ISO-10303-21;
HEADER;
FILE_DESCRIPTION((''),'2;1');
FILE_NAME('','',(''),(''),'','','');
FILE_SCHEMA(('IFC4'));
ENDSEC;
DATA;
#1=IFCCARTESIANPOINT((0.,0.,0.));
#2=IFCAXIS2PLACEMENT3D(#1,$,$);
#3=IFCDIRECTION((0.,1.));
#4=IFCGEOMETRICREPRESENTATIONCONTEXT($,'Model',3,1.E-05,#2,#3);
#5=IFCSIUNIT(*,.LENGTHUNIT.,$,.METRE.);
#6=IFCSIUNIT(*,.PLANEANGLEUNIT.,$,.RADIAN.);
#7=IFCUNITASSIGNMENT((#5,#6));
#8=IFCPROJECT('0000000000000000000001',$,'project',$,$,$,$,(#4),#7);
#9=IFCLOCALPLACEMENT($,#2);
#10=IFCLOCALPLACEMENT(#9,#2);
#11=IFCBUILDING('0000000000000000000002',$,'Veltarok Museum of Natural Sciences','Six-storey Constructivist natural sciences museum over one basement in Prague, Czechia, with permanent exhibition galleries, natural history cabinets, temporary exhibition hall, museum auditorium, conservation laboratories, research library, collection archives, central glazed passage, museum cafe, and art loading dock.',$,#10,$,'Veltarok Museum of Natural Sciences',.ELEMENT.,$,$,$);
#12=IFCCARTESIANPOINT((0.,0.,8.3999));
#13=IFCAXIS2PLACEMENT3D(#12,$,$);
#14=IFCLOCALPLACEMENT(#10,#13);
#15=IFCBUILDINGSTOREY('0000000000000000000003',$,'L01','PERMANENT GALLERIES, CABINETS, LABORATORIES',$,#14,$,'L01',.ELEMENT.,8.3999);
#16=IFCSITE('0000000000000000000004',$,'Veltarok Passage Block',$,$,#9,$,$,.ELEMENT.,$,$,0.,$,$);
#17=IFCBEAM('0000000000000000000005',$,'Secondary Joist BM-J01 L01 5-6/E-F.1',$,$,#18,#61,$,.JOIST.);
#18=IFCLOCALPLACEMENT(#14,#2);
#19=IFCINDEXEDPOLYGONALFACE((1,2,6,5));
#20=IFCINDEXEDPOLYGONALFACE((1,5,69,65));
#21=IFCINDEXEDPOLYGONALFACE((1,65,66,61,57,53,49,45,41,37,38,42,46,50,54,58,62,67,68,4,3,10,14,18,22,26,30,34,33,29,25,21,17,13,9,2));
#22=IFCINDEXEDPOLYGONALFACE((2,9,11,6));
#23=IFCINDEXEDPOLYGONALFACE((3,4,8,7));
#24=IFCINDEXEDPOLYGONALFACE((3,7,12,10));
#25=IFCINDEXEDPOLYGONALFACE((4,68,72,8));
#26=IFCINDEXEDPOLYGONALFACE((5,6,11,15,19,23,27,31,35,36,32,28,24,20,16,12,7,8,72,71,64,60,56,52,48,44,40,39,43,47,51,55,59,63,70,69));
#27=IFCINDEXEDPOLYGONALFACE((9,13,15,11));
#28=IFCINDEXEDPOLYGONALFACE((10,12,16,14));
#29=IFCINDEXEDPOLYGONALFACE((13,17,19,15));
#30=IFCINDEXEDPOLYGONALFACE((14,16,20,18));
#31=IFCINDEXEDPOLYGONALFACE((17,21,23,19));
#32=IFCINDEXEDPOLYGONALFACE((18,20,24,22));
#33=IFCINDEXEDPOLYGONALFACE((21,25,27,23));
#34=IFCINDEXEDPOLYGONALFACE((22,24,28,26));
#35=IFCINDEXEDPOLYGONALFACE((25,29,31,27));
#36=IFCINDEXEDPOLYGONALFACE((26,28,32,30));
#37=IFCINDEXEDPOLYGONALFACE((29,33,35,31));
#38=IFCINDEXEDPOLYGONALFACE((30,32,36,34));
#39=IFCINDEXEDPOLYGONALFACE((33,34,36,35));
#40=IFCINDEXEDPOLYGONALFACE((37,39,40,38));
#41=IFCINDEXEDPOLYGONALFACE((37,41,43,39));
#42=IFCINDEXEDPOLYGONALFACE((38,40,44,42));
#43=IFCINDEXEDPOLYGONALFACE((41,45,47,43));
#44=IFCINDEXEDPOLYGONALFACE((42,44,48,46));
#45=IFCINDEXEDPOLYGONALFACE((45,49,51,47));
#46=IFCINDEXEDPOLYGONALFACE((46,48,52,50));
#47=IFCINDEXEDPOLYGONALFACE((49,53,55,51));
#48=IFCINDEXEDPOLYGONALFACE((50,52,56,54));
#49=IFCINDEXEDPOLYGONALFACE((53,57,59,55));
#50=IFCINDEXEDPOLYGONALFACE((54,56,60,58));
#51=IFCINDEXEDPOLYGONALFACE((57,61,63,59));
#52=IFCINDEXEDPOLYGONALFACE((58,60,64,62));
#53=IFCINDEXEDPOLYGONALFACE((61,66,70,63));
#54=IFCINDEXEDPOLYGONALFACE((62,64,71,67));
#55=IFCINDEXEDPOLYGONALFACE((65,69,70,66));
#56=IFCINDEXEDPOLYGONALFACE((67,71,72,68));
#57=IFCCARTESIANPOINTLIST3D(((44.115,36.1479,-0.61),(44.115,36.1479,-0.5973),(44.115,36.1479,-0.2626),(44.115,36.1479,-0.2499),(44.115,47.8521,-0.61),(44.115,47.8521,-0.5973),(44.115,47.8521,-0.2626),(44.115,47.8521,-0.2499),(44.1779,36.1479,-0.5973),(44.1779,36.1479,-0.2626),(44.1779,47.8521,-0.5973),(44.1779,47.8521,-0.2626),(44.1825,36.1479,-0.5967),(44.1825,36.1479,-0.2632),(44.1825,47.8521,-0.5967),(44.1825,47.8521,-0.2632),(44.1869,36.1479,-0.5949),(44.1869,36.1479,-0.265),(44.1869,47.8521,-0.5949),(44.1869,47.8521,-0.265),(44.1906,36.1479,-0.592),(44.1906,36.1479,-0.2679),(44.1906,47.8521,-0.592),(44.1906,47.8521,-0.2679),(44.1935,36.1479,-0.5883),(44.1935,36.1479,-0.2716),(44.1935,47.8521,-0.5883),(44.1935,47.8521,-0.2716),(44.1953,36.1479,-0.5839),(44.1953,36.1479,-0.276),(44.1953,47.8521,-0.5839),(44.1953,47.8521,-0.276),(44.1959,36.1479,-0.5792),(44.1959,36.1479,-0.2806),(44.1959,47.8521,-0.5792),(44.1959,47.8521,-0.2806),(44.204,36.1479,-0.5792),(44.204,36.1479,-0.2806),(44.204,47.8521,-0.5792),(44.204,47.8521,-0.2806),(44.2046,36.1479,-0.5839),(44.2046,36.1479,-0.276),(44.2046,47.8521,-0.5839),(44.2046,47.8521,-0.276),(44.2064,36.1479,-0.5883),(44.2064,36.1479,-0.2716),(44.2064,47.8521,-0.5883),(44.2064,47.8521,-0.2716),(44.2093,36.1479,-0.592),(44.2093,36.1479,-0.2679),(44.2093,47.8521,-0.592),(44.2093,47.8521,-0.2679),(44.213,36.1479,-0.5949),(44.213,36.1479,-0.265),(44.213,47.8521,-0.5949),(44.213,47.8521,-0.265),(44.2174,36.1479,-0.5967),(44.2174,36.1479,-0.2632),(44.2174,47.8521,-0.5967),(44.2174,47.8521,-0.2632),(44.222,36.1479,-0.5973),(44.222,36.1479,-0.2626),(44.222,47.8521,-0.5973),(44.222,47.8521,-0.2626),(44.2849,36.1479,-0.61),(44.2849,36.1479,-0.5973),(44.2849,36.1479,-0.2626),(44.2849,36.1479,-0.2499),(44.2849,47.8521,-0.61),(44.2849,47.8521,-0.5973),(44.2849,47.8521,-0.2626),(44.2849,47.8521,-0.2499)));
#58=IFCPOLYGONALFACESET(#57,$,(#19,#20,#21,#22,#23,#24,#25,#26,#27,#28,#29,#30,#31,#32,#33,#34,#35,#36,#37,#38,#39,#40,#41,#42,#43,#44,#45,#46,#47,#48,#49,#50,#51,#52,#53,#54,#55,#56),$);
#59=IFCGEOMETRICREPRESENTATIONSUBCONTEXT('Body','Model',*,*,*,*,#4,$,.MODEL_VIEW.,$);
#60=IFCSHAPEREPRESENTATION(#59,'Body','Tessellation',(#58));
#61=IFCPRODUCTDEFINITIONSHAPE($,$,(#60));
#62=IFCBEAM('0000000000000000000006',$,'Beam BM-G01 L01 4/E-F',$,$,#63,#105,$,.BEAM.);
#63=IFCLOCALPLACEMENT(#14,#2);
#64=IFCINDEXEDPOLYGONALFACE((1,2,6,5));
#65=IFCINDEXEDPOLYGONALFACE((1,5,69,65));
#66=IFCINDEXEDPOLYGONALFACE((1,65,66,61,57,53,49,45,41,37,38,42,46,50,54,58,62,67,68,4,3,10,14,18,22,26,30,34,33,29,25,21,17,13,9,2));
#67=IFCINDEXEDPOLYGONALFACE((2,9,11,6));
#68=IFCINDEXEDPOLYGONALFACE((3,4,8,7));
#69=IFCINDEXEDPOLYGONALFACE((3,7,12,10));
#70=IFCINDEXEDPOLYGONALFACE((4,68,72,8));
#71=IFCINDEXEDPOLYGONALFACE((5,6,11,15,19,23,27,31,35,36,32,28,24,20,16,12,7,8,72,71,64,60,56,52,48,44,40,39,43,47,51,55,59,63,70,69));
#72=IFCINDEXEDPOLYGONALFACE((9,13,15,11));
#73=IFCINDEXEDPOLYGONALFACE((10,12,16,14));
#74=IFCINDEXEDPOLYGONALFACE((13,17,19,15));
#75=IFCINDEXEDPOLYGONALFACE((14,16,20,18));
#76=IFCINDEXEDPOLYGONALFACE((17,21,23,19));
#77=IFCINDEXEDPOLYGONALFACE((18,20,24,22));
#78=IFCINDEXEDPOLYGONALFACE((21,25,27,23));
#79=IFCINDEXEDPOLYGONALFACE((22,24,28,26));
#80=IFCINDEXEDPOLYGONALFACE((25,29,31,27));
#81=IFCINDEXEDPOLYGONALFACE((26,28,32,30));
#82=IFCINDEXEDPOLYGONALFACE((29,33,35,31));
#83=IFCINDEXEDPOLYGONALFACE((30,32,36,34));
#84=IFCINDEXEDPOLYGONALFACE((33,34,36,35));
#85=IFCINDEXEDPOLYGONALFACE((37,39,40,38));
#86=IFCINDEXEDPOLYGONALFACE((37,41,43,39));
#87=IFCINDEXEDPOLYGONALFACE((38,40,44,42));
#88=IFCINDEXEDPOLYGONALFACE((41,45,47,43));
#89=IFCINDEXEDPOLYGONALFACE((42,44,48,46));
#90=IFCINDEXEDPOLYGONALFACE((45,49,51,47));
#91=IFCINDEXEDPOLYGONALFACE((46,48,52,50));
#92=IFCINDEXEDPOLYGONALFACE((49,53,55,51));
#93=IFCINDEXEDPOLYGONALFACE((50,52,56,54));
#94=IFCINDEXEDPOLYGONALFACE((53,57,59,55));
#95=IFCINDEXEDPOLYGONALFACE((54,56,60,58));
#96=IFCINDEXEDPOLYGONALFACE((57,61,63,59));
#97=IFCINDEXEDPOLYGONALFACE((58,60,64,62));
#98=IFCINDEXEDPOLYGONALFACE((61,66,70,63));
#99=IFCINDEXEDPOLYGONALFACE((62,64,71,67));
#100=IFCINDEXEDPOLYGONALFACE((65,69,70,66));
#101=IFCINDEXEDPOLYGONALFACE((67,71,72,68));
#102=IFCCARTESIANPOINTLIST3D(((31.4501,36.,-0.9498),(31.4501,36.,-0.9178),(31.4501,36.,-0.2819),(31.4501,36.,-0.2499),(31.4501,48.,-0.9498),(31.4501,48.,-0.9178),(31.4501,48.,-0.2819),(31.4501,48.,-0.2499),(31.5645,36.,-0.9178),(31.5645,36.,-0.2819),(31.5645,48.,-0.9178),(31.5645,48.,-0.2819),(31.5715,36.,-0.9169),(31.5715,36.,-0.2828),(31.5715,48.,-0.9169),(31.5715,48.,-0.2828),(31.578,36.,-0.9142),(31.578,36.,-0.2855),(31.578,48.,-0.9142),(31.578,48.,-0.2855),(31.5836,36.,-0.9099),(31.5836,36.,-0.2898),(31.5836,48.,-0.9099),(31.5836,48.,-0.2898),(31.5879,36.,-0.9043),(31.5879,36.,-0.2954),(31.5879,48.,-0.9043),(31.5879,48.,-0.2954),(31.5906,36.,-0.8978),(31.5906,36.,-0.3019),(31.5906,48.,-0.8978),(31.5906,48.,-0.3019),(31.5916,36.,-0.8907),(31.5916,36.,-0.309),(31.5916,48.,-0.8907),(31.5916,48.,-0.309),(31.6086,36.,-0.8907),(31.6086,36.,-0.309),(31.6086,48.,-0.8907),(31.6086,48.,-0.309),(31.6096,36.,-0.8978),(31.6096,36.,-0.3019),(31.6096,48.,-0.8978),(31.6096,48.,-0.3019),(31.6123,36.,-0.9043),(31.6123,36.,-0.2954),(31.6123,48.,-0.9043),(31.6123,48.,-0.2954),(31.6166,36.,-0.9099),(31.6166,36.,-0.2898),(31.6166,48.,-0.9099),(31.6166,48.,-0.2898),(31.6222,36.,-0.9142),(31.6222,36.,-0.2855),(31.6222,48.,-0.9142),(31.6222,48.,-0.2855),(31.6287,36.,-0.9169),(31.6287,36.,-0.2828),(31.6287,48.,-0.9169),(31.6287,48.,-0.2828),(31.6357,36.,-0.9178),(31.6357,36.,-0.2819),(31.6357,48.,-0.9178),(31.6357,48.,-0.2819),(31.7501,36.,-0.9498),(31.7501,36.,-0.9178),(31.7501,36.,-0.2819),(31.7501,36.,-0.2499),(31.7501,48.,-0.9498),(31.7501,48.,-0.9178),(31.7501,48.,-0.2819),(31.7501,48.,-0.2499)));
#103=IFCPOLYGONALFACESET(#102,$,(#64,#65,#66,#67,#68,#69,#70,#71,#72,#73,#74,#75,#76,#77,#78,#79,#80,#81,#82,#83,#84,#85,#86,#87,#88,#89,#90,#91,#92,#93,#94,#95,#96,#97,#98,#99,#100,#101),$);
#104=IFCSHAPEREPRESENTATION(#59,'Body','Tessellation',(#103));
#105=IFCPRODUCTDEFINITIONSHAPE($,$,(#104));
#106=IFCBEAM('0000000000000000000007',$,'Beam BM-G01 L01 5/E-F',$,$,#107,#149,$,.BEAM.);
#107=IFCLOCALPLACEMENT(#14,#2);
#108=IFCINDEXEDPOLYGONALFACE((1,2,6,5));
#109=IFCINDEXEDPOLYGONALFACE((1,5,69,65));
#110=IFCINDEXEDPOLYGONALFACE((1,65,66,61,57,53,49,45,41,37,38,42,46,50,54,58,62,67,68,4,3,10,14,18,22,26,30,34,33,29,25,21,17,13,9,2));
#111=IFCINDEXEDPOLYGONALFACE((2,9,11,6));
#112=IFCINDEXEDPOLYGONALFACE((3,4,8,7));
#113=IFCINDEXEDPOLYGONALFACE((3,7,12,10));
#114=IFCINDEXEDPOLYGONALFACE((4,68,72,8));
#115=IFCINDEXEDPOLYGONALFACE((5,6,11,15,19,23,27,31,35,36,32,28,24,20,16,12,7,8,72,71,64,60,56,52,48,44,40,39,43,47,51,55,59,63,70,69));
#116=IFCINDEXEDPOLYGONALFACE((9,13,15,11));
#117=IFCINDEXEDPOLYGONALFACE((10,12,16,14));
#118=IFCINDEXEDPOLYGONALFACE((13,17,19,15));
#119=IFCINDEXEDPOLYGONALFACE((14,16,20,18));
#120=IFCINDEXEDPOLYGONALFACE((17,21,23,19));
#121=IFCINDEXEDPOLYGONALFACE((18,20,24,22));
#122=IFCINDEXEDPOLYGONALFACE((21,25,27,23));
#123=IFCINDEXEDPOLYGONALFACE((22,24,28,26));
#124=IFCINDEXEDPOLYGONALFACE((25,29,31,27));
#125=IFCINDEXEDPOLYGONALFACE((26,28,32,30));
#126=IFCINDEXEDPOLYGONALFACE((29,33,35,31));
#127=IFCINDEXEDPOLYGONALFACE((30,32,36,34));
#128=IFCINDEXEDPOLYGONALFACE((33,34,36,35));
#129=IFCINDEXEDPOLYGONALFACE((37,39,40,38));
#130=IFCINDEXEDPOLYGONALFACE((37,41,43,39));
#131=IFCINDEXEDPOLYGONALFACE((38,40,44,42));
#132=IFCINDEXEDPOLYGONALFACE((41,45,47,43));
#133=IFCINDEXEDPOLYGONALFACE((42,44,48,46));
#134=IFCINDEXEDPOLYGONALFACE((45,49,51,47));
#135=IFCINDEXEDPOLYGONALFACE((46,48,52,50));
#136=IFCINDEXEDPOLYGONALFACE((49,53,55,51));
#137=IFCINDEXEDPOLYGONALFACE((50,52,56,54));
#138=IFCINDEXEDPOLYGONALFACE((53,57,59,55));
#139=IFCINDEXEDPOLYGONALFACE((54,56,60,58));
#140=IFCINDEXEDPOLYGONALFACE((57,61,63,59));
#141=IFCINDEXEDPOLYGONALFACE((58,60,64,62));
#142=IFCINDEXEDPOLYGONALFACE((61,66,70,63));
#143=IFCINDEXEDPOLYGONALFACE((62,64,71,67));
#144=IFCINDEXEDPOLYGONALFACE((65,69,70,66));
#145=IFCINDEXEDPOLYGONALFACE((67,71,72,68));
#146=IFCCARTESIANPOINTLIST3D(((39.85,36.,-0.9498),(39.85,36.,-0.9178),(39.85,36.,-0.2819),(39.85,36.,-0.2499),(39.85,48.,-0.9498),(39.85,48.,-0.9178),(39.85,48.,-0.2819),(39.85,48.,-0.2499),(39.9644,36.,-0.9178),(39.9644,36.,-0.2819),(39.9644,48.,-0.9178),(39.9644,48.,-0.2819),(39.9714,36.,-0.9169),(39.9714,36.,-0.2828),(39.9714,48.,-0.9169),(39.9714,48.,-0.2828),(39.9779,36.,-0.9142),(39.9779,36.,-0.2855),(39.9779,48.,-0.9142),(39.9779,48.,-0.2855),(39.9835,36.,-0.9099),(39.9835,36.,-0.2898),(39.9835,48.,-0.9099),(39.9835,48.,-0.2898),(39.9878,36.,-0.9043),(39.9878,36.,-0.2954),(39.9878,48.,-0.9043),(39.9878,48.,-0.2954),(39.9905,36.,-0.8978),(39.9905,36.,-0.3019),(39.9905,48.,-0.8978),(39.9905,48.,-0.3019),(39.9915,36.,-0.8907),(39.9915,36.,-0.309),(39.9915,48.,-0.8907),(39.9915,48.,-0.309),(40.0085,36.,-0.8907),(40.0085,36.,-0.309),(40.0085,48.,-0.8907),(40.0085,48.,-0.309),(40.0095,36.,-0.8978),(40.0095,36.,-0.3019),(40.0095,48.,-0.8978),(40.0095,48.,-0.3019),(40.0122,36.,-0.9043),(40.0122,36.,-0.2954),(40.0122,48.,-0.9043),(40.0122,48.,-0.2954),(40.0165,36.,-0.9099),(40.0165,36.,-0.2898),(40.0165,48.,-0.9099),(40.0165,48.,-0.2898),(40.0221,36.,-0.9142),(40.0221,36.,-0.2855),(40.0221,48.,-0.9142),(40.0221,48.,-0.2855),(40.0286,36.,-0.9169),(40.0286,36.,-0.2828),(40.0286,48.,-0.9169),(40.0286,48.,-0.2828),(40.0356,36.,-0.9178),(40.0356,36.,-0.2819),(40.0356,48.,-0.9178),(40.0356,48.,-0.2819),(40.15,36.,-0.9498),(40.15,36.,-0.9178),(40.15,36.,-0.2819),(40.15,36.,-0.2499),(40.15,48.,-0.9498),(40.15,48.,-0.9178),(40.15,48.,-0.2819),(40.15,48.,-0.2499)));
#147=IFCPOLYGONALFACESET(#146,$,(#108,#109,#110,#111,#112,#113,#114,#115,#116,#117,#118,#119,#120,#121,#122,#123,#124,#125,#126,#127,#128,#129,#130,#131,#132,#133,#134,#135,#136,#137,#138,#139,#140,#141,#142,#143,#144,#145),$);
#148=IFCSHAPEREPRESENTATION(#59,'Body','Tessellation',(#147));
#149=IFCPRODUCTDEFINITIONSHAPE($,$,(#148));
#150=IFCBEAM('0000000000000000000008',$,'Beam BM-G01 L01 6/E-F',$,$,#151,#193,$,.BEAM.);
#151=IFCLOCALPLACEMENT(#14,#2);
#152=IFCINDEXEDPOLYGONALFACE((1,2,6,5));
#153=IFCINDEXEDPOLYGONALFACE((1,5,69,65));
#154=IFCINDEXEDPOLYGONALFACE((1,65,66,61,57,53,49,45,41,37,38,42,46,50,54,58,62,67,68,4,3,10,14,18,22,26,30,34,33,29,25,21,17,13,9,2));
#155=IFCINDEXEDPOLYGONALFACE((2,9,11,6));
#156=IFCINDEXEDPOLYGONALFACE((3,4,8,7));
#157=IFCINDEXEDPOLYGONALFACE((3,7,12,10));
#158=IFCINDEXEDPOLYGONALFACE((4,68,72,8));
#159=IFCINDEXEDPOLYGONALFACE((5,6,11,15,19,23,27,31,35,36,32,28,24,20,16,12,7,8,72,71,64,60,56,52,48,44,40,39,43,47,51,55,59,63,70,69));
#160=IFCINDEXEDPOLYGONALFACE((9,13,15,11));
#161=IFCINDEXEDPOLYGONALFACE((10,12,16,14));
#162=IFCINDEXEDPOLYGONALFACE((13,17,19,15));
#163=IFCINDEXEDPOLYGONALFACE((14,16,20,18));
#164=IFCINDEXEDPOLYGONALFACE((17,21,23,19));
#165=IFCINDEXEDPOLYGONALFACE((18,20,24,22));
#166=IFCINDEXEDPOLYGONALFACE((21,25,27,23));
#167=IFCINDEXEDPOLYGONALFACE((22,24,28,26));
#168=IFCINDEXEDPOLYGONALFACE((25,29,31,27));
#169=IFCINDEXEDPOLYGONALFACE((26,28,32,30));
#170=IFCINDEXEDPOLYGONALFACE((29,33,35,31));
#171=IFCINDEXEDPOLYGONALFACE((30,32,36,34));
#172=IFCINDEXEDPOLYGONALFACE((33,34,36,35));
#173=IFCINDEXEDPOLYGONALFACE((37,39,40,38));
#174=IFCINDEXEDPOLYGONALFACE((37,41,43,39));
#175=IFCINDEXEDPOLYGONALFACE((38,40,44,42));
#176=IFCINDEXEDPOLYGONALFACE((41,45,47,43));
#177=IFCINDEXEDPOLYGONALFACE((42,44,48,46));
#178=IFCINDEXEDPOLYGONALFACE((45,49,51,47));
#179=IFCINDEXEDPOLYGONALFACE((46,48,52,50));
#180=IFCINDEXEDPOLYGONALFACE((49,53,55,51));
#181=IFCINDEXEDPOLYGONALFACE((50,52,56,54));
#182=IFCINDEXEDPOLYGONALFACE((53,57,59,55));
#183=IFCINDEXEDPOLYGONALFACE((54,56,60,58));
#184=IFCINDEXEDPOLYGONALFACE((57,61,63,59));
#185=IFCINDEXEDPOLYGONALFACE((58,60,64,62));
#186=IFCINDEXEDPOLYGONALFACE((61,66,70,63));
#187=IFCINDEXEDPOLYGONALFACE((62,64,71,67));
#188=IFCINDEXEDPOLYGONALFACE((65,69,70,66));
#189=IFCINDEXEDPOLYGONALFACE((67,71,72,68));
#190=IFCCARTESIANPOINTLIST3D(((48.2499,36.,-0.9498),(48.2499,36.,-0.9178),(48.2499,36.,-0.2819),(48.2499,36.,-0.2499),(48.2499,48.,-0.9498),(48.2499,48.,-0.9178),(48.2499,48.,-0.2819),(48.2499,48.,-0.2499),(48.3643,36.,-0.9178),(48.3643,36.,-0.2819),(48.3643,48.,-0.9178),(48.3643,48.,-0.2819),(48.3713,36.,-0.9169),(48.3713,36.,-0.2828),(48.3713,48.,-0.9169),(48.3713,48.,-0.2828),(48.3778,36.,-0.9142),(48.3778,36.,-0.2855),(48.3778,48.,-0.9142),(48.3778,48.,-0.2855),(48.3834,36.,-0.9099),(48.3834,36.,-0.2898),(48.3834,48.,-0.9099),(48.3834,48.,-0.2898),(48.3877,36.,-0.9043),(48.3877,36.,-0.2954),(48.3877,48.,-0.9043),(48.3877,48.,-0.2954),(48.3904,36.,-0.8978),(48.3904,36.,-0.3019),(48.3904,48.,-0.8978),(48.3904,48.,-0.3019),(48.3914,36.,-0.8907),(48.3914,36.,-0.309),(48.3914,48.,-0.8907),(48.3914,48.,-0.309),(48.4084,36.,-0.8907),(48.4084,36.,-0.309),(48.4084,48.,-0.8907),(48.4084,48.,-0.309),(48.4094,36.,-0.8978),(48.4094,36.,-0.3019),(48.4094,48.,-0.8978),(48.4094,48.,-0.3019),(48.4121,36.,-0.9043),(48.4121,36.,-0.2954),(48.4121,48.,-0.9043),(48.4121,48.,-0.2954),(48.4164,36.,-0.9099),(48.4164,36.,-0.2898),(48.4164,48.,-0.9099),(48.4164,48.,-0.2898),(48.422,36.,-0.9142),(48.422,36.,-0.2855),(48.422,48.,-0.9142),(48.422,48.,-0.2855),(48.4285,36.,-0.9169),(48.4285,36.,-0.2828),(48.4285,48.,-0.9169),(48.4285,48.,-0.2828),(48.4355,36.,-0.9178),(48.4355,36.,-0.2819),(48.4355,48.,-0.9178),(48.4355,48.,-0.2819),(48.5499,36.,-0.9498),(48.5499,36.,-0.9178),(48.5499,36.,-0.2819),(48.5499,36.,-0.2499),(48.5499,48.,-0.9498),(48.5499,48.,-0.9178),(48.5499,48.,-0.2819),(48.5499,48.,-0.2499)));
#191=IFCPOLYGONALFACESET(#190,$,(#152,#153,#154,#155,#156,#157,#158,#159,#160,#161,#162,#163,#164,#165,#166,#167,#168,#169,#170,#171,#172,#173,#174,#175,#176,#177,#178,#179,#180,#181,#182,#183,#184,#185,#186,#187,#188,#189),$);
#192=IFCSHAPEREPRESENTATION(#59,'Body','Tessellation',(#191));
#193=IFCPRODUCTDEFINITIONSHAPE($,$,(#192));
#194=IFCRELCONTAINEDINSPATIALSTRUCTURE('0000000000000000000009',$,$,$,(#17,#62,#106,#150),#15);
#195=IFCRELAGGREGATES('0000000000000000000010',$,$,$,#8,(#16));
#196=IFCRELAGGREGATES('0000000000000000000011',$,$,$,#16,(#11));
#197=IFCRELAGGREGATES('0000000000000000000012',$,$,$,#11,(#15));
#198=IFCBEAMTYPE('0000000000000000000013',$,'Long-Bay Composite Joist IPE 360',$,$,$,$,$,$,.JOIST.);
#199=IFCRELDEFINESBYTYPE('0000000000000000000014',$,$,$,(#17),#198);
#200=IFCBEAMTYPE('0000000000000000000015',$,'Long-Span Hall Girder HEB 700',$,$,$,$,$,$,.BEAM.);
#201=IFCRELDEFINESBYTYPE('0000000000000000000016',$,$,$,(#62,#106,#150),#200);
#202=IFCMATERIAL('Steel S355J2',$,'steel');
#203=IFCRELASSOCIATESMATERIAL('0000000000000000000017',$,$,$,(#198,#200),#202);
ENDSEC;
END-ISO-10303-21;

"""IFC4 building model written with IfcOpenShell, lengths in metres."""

from ifc_helpers import new_model, si_unit, direction, frame, origin, origin_2d, place, context, subcontext, project, spatial, i_section, extrude, material, material_profile, profile_set, type_object, element, save


model = new_model("IFC4")

# Units and contexts
model_context = context("Model", 3, precision=1e-05, world=origin(), true_north=direction((0.0, 1.0)))
body_context = subcontext(model_context, "Body", "Model", "MODEL_VIEW")
ifc_project = project(units=[si_unit("LENGTHUNIT", "METRE"), si_unit("PLANEANGLEUNIT", "RADIAN")], contexts=[model_context])

# Site, building, storey
site_placement = place(None, origin())
site = spatial("IfcSite", under=ifc_project, at=site_placement, Name="Veltarok Passage Block", CompositionType="ELEMENT", RefElevation=0.0)
building_placement = place(site_placement, origin())
building = spatial("IfcBuilding", under=site, at=building_placement, Name="Veltarok Museum of Natural Sciences", Description="Six-storey Constructivist natural sciences museum over one basement in Prague, Czechia, with permanent exhibition galleries, natural history cabinets, temporary exhibition hall, museum auditorium, conservation laboratories, research library, collection archives, central glazed passage, museum cafe, and art loading dock.", LongName="Veltarok Museum of Natural Sciences", CompositionType="ELEMENT")
storey_placement = place(building_placement, frame((0.0, 0.0, 8.3999)))
storey = spatial("IfcBuildingStorey", under=building, at=storey_placement, Name="L01", Description="PERMANENT GALLERIES, CABINETS, LABORATORIES", LongName="L01", CompositionType="ELEMENT", Elevation=8.3999)

# Shared definitions
ifc_material_1 = material(Name="Steel S355J2", Category="steel")

# Beams
ifc_material_profile_1 = material_profile(ifc_material_1, i_section(OverallWidth=0.1699, OverallDepth=0.3601, WebThickness=0.0081, FlangeThickness=0.0127, FilletRadius=0.0181, at=origin_2d()), Name="IPE 360")
ifc_profile_set_1 = profile_set([ifc_material_profile_1], Name="Steel S355J2")
beam_type_1 = type_object("IfcBeamType", Name="Long-Bay Composite Joist IPE 360", PredefinedType="JOIST", material=ifc_profile_set_1)
for number, where, z_axis, x_axis, name in (
    (1, (44.2, 36.1479, -0.4299), (0.0, 1.0, 0.0), (-1.0, 0.0, 0.0), "Secondary Joist BM-J01 L01 5-6/E-F.1"),
):
    element("IfcBeam", number, at=place(storey_placement, frame(where, z_axis=z_axis, x_axis=x_axis)), inside=storey, type_object=beam_type_1, Name=name, PredefinedType="JOIST", context=body_context, shape_type="SweptSolid", body=[
        extrude(i_section(OverallWidth=0.1699, OverallDepth=0.3601, WebThickness=0.0081, FlangeThickness=0.0127, FilletRadius=0.0181, at=origin_2d()), origin(), (0.0, 0.0, 1.0), 11.7041),
    ])
ifc_material_profile_2 = material_profile(ifc_material_1, i_section(OverallWidth=0.3, OverallDepth=0.7, WebThickness=0.0171, FlangeThickness=0.032, FilletRadius=0.0271, at=origin_2d()), Name="HEB 700")
ifc_profile_set_2 = profile_set([ifc_material_profile_2], Name="Steel S355J2")
beam_type_2 = type_object("IfcBeamType", Name="Long-Span Hall Girder HEB 700", PredefinedType="BEAM", material=ifc_profile_set_2)
for number, where, z_axis, x_axis, name in (
    (2, (31.6001, 36.0, -0.5999), (0.0, 1.0, 0.0), (-1.0, 0.0, 0.0), "Beam BM-G01 L01 4/E-F"),
    (3, (40.0, 36.0, -0.5999), (0.0, 1.0, 0.0), (-1.0, 0.0, 0.0), "Beam BM-G01 L01 5/E-F"),
    (4, (48.3999, 36.0, -0.5999), (0.0, 1.0, 0.0), (-1.0, 0.0, 0.0), "Beam BM-G01 L01 6/E-F"),
):
    element("IfcBeam", number, at=place(storey_placement, frame(where, z_axis=z_axis, x_axis=x_axis)), inside=storey, type_object=beam_type_2, Name=name, PredefinedType="BEAM", context=body_context, shape_type="SweptSolid", body=[
        extrude(i_section(OverallWidth=0.3, OverallDepth=0.7, WebThickness=0.0171, FlangeThickness=0.032, FilletRadius=0.0271, at=origin_2d()), origin(), (0.0, 0.0, 1.0), 12.0),
    ])

save(model, "model.ifc")
